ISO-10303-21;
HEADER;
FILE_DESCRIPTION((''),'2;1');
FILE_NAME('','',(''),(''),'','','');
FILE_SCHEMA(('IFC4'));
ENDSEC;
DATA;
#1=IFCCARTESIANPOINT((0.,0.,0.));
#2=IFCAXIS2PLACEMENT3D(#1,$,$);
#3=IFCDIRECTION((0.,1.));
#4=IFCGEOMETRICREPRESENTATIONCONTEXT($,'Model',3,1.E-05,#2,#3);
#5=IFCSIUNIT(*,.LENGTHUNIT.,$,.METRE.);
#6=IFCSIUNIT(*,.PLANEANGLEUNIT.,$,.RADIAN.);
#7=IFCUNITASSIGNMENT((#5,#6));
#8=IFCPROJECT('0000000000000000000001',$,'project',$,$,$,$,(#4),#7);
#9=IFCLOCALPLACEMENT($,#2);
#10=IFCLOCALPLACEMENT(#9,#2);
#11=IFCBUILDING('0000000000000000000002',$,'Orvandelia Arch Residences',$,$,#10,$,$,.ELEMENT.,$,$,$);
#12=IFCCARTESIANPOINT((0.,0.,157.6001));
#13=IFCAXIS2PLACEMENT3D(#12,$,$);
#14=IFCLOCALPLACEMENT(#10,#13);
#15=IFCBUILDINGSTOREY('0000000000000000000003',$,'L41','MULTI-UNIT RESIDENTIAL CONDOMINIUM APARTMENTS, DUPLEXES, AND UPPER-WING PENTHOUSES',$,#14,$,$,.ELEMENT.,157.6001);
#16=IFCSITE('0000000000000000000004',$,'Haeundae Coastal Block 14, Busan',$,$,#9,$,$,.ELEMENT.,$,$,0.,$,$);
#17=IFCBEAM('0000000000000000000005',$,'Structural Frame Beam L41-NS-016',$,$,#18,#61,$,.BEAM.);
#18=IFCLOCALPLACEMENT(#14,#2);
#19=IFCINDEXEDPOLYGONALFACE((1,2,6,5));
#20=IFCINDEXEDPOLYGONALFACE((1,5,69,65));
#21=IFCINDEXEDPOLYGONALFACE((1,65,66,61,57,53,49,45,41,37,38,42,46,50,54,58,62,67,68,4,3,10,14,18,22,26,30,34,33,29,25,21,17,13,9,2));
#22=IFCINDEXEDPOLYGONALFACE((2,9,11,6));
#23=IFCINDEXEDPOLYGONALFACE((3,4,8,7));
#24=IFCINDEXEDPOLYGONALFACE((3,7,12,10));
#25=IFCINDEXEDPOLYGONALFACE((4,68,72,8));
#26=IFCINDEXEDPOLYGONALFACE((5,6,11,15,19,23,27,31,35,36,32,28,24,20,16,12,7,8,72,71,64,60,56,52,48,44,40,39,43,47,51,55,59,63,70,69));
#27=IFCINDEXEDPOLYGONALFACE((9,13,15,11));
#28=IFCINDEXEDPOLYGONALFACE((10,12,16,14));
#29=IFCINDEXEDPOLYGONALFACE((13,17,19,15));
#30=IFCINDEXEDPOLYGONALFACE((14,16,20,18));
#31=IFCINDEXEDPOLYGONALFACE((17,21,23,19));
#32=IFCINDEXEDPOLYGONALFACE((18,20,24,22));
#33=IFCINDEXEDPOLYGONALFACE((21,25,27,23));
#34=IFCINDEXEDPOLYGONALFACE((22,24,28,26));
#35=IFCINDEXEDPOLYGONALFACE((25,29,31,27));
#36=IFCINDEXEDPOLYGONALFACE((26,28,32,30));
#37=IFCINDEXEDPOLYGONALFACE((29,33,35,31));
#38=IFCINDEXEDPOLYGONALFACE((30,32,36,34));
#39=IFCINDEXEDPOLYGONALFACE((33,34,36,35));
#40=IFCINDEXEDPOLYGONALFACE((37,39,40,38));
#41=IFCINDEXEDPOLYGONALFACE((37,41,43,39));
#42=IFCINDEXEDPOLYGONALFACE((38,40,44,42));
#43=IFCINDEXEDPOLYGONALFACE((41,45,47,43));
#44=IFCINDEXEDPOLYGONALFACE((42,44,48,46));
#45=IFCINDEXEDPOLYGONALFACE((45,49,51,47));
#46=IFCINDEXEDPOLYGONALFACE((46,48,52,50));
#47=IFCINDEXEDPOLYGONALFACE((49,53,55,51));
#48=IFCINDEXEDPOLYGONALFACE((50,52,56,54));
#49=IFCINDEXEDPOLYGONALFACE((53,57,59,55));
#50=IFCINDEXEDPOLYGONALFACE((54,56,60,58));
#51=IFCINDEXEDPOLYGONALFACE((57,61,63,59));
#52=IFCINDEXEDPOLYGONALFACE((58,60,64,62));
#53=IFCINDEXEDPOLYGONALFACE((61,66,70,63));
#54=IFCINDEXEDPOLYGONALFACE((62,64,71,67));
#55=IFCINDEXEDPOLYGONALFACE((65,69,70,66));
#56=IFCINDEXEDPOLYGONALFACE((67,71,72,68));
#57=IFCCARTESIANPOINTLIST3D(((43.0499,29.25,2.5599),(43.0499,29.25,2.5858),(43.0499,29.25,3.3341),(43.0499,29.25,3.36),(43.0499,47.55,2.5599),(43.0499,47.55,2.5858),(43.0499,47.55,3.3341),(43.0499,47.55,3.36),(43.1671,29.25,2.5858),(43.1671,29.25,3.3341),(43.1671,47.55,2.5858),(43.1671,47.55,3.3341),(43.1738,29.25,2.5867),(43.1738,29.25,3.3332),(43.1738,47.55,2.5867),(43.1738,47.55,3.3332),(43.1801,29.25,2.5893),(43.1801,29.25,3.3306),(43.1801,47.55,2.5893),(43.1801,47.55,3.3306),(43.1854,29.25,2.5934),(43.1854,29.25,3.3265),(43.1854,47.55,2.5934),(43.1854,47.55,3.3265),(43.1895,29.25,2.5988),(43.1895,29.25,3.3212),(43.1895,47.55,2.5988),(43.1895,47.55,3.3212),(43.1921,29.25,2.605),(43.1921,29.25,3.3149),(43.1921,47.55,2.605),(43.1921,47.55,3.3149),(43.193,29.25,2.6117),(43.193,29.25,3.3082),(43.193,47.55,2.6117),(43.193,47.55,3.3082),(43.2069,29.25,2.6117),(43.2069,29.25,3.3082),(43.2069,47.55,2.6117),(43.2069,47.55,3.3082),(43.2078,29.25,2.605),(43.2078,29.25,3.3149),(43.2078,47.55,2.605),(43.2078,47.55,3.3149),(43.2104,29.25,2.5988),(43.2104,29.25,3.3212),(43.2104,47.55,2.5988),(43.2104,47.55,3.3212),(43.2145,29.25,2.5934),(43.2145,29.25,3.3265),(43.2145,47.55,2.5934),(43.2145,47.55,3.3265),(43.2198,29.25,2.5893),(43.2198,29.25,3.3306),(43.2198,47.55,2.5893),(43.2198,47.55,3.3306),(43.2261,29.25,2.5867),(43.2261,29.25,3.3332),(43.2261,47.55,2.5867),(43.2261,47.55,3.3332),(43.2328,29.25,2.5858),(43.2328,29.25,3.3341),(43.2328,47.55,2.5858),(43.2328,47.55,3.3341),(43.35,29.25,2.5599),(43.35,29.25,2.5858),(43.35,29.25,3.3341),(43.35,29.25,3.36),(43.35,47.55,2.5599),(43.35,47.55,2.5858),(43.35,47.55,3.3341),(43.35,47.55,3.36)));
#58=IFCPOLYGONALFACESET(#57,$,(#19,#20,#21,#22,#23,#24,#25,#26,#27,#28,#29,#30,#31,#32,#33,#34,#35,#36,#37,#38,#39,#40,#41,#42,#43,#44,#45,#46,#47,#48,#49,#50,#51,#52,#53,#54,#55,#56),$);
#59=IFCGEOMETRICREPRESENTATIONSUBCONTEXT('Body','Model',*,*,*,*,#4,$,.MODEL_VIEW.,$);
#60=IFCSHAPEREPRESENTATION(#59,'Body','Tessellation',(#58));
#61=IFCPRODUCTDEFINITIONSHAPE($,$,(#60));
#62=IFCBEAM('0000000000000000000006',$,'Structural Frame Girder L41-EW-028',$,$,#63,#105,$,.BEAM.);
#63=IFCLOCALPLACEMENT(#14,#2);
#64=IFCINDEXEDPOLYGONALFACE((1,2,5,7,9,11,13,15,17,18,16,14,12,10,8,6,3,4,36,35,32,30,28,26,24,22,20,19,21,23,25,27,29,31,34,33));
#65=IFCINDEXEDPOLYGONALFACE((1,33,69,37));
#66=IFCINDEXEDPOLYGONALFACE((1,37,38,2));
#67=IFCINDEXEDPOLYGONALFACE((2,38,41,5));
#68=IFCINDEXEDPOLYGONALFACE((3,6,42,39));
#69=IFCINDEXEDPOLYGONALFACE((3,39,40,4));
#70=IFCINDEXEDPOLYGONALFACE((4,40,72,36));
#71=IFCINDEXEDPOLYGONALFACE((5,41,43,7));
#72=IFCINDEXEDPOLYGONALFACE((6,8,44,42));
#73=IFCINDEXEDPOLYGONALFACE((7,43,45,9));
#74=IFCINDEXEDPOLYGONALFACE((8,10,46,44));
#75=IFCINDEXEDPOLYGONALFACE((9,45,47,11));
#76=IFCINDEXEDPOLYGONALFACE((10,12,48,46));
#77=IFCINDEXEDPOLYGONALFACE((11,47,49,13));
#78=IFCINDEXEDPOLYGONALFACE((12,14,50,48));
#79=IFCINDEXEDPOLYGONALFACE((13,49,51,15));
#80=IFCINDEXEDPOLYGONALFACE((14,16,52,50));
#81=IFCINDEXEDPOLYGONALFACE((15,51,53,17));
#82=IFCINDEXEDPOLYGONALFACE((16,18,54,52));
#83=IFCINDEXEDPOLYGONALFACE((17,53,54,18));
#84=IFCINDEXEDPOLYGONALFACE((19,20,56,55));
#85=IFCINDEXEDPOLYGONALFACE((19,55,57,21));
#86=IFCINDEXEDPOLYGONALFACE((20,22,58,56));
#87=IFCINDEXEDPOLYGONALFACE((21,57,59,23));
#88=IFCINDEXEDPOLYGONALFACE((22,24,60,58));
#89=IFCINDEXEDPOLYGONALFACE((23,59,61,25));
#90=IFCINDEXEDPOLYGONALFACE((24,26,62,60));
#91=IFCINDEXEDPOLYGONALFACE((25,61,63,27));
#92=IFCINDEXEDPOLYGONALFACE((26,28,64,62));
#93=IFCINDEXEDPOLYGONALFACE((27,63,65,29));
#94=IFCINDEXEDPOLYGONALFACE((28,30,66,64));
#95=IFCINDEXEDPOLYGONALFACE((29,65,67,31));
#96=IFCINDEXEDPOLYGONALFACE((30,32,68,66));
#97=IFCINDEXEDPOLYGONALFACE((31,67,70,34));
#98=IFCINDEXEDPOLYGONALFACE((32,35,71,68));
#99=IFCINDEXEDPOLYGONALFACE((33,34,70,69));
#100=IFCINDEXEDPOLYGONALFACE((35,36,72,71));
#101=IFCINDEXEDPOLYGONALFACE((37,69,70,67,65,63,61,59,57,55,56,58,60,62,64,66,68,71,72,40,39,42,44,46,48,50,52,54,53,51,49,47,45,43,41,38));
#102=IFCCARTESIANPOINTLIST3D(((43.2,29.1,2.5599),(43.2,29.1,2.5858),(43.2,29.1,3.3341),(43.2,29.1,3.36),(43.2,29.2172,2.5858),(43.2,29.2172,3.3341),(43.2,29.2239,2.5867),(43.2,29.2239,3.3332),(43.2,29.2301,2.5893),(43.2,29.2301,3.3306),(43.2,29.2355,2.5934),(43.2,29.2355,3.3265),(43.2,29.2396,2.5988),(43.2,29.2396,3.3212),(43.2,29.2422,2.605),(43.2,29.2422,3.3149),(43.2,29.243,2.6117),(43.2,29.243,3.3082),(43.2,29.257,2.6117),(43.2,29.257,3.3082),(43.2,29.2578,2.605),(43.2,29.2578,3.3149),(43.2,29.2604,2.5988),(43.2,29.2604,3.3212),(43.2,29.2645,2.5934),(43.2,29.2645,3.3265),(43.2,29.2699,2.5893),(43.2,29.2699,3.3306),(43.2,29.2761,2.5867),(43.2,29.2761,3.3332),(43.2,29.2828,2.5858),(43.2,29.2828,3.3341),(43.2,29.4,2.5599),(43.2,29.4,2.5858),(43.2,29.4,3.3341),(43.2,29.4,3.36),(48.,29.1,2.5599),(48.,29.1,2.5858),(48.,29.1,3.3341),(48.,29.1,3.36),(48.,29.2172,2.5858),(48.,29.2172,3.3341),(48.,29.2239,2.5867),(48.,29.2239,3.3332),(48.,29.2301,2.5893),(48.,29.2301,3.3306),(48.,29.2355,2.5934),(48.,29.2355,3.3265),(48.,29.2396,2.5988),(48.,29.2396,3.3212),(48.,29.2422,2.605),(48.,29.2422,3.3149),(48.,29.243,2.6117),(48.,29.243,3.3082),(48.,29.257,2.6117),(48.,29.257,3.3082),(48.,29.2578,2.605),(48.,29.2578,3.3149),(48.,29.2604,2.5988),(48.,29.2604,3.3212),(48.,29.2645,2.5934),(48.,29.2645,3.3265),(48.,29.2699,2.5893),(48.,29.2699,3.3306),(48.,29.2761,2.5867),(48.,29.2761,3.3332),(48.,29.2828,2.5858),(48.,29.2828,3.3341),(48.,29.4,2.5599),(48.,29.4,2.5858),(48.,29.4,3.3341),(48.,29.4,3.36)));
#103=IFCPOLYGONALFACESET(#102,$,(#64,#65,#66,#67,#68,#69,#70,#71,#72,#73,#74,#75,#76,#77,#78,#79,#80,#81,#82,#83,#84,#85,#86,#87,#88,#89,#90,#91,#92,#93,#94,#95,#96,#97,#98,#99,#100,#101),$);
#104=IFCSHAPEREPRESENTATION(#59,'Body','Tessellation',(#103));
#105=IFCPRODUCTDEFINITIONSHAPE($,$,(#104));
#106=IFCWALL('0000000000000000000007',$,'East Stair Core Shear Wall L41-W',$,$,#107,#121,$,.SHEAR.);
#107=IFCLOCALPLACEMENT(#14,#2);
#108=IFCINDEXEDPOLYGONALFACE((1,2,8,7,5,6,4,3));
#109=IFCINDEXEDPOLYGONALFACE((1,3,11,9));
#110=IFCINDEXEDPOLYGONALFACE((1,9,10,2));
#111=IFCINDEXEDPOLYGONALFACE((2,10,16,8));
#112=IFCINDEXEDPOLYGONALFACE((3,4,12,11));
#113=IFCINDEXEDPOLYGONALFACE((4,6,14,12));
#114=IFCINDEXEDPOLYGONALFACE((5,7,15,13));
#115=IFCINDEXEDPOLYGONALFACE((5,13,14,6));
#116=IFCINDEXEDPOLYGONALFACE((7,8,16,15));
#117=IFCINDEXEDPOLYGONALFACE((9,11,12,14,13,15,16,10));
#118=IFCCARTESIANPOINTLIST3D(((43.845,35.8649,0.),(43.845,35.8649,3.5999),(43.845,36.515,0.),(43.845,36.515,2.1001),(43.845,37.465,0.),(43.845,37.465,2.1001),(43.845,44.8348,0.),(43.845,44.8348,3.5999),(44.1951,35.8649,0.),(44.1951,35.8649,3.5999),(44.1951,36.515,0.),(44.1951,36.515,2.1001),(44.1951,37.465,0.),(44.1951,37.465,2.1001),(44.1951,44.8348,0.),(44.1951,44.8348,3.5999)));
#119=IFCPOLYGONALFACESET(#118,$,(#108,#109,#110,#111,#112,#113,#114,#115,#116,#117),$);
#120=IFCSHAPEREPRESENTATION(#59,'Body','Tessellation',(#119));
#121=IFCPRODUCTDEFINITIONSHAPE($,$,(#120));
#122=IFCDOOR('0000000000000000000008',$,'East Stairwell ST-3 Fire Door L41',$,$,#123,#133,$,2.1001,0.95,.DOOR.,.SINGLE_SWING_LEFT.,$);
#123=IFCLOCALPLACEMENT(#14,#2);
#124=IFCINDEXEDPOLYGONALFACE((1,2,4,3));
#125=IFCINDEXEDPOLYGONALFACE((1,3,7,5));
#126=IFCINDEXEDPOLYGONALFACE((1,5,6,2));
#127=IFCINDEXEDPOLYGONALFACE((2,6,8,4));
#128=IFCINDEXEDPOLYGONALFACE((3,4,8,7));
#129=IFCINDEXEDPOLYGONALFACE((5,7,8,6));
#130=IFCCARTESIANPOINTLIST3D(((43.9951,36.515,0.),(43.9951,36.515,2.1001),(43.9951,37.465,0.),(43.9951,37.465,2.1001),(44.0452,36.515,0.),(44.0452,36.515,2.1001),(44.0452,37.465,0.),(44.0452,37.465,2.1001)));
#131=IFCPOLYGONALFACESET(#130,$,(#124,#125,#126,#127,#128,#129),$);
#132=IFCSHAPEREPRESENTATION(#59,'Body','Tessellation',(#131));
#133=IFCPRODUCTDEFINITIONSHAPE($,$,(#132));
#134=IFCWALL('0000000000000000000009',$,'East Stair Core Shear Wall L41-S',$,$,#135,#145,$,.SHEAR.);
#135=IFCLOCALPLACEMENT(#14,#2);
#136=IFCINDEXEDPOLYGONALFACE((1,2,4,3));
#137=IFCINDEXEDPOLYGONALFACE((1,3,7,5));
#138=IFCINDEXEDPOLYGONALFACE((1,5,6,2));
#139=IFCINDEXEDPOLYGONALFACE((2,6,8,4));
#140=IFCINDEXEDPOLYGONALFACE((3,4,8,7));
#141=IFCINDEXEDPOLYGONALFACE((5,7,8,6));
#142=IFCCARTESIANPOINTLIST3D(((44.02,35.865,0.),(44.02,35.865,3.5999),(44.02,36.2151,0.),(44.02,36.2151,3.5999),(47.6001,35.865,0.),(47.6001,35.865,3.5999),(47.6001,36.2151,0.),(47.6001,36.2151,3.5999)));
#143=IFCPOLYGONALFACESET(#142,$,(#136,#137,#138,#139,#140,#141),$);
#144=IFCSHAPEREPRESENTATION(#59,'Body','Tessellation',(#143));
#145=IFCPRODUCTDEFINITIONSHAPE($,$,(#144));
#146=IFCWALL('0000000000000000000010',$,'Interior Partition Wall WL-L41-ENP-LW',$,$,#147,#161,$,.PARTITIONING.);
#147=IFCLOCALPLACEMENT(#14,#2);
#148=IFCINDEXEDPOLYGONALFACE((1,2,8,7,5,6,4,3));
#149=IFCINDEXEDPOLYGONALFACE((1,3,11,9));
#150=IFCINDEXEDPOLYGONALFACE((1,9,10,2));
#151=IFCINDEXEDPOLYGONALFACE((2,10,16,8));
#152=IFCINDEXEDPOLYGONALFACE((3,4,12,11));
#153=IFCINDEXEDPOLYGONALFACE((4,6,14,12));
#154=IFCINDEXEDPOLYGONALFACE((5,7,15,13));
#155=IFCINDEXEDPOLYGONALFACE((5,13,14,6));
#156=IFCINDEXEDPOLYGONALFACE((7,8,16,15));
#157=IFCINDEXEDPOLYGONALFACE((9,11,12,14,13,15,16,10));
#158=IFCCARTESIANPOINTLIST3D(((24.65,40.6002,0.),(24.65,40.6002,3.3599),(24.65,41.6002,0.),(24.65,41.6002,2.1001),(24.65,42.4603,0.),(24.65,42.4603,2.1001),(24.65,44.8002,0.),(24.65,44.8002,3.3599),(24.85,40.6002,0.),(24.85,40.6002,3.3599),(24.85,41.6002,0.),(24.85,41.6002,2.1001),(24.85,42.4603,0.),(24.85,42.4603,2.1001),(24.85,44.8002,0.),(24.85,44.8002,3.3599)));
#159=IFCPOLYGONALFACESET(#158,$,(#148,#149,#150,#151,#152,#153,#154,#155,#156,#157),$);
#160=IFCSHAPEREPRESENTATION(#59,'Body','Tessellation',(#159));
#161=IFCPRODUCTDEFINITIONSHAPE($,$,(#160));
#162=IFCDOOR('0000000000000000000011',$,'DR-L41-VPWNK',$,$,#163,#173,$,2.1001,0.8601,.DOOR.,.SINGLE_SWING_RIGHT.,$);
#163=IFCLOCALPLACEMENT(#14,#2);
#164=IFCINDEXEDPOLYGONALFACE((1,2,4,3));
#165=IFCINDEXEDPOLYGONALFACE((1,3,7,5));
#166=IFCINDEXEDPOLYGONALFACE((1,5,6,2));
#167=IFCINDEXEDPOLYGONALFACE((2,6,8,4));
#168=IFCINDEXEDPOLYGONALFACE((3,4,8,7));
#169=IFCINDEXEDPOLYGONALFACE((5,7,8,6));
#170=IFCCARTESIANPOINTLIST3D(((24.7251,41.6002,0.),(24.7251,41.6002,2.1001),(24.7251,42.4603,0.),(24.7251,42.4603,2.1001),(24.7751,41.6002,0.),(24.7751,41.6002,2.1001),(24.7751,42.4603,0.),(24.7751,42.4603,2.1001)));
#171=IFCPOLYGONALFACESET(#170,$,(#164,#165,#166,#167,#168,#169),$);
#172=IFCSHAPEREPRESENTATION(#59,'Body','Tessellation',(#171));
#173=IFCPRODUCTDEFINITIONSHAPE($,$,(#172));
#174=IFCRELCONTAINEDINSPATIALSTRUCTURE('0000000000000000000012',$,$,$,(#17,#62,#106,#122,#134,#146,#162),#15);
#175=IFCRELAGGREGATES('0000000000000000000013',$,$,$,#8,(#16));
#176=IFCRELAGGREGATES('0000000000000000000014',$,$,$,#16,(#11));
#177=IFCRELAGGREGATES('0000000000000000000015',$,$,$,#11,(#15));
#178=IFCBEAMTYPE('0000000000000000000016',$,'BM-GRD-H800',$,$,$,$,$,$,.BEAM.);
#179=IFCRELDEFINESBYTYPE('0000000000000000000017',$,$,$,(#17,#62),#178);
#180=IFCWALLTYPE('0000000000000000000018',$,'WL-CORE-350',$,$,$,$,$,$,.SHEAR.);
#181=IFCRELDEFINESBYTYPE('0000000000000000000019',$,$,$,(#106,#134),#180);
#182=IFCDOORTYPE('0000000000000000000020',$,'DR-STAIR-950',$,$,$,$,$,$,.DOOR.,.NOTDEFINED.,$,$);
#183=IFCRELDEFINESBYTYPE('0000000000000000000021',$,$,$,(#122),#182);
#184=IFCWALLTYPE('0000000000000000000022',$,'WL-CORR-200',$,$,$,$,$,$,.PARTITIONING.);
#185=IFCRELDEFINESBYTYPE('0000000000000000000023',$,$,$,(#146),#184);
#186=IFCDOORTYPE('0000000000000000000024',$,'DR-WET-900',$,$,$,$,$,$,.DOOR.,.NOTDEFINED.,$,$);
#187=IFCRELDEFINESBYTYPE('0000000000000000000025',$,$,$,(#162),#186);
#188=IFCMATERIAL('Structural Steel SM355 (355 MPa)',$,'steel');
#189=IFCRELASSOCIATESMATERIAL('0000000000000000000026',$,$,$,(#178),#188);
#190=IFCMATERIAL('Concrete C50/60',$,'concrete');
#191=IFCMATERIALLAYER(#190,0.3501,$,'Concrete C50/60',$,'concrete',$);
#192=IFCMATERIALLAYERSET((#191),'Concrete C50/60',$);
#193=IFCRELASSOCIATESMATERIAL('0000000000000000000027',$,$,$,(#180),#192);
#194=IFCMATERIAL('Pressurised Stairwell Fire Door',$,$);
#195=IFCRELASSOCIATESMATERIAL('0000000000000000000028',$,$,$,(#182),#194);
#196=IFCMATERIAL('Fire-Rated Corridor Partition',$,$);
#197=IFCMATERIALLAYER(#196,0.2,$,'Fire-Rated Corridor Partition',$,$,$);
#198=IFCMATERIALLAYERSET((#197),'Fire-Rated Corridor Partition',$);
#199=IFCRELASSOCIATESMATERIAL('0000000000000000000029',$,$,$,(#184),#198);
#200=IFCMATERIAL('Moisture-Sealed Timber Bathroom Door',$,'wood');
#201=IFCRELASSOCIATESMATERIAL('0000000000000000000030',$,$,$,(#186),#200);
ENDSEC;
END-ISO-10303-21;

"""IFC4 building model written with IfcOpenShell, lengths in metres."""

from ifc_helpers import new_model, si_unit, direction, frame, frame_2d, origin, origin_2d, place, context, subcontext, project, spatial, rectangle, i_section, extrude, material, layer, layer_set, material_profile, profile_set, type_object, element, fill, save


model = new_model("IFC4")

# Units and contexts
model_context = context("Model", 3, precision=1e-05, world=origin(), true_north=direction((0.0, 1.0)))
body_context = subcontext(model_context, "Body", "Model", "MODEL_VIEW")
ifc_project = project(units=[si_unit("LENGTHUNIT", "METRE"), si_unit("PLANEANGLEUNIT", "RADIAN")], contexts=[model_context])

# Site, building, storey
site_placement = place(None, origin())
site = spatial("IfcSite", under=ifc_project, at=site_placement, Name="Haeundae Coastal Block 14, Busan", CompositionType="ELEMENT", RefElevation=0.0)
building_placement = place(site_placement, origin())
building = spatial("IfcBuilding", under=site, at=building_placement, Name="Orvandelia Arch Residences", CompositionType="ELEMENT")
storey_placement = place(building_placement, frame((0.0, 0.0, 157.6001)))
storey = spatial("IfcBuildingStorey", under=building, at=storey_placement, Name="L41", Description="MULTI-UNIT RESIDENTIAL CONDOMINIUM APARTMENTS, DUPLEXES, AND UPPER-WING PENTHOUSES", CompositionType="ELEMENT", Elevation=157.6001)

# Beams
ifc_material_1 = material(Name="Structural Steel SM355 (355 MPa)", Category="steel")
ifc_material_profile_1 = material_profile(ifc_material_1, i_section(OverallWidth=0.3, OverallDepth=0.8, WebThickness=0.0139, FlangeThickness=0.0259, FilletRadius=0.0259, at=origin_2d()), Name="Structural Steel SM355 (355 MPa)", Category="steel")
ifc_profile_set_1 = profile_set([ifc_material_profile_1], Name="Structural Steel SM355 (355 MPa)")
beam_type = type_object("IfcBeamType", Name="BM-GRD-H800", PredefinedType="BEAM", material=ifc_profile_set_1)
beam_1_placement = place(storey_placement, frame((43.2, 29.25, 2.96), z_axis=(0.0, 1.0, 0.0), x_axis=(-1.0, 0.0, 0.0)))
element("IfcBeam", 1, at=beam_1_placement, inside=storey, type_object=beam_type, Name="Structural Frame Beam L41-NS-016", PredefinedType="BEAM", context=body_context, shape_type="SweptSolid", body=[
    extrude(i_section(OverallWidth=0.3, OverallDepth=0.8, WebThickness=0.0139, FlangeThickness=0.0259, FilletRadius=0.0259, at=origin_2d()), origin(), (0.0, 0.0, 1.0), 18.3),
])
beam_2_placement = place(storey_placement, frame((43.2, 29.25, 2.96), z_axis=(1.0, 0.0, 0.0), x_axis=(0.0, 1.0, 0.0)))
element("IfcBeam", 2, at=beam_2_placement, inside=storey, type_object=beam_type, Name="Structural Frame Girder L41-EW-028", PredefinedType="BEAM", context=body_context, shape_type="SweptSolid", body=[
    extrude(i_section(OverallWidth=0.3, OverallDepth=0.8, WebThickness=0.0139, FlangeThickness=0.0259, FilletRadius=0.0259, at=origin_2d()), origin(), (0.0, 0.0, 1.0), 4.8),
])

# Wall, opening, door
ifc_material_2 = material(Name="Concrete C50/60", Category="concrete")
ifc_layer_1 = layer(ifc_material_2, 0.3501, Name="Concrete C50/60", Category="concrete")
ifc_layer_set_1 = layer_set([ifc_layer_1], Name="Concrete C50/60")
wall_type_1 = type_object("IfcWallType", Name="WL-CORE-350", PredefinedType="SHEAR", material=ifc_layer_set_1)
wall_1_placement = place(storey_placement, frame((44.02, 35.865, 0.0), z_axis=(0.0, 0.0, 1.0), x_axis=(0.0, 1.0, 0.0)))
wall_1 = element("IfcWall", 3, at=wall_1_placement, inside=storey, type_object=wall_type_1, Name="East Stair Core Shear Wall L41-W", PredefinedType="SHEAR", context=body_context, shape_type="SweptSolid", body=[
    extrude(rectangle(XDim=8.97, YDim=0.3501, at=frame_2d((4.4849, 0.0))), origin(), (0.0, 0.0, 1.0), 3.5999),
])
opening_1_placement = place(wall_1_placement, frame((0.6499, 0.0, 0.0)))
opening_1 = element("IfcOpeningElement", 4, at=opening_1_placement, cuts=wall_1, PredefinedType="OPENING", context=body_context, shape_type="SweptSolid", body=[
    extrude(rectangle(XDim=0.95, YDim=2.1001, at=frame_2d((0.4751, 1.05))), frame((0.0, 0.1851, 0.0), z_axis=(0.0, -1.0, 0.0), x_axis=(1.0, 0.0, 0.0)), (0.0, 0.0, 1.0), 0.3701),
])
ifc_material_3 = material(Name="Pressurised Stairwell Fire Door")
door_type_1 = type_object("IfcDoorType", Name="DR-STAIR-950", OperationType="NOTDEFINED", PredefinedType="DOOR", material=ifc_material_3)
door_1_placement = place(opening_1_placement, origin())
door_1 = element("IfcDoor", 5, at=door_1_placement, inside=storey, type_object=door_type_1, Name="East Stairwell ST-3 Fire Door L41", OperationType="SINGLE_SWING_LEFT", OverallHeight=2.1001, OverallWidth=0.95, PredefinedType="DOOR", context=body_context, shape_type="SweptSolid", body=[
    extrude(rectangle(XDim=0.95, YDim=2.1001, at=frame_2d((0.4751, 1.05))), frame((0.0, 0.0249, 0.0), z_axis=(0.0, -1.0, 0.0), x_axis=(1.0, 0.0, 0.0)), (0.0, 0.0, 1.0), 0.05),
])
fill(opening_1, door_1)

# Wall
wall_2_placement = place(storey_placement, frame((44.02, 36.04, 0.0), z_axis=(0.0, 0.0, 1.0), x_axis=(1.0, 0.0, 0.0)))
element("IfcWall", 6, at=wall_2_placement, inside=storey, type_object=wall_type_1, Name="East Stair Core Shear Wall L41-S", PredefinedType="SHEAR", context=body_context, shape_type="SweptSolid", body=[
    extrude(rectangle(XDim=3.5801, YDim=0.3501, at=frame_2d((1.79, 0.0))), origin(), (0.0, 0.0, 1.0), 3.5999),
])

# Wall, opening, door
ifc_material_4 = material(Name="Fire-Rated Corridor Partition")
ifc_layer_2 = layer(ifc_material_4, 0.2, Name="Fire-Rated Corridor Partition")
ifc_layer_set_2 = layer_set([ifc_layer_2], Name="Fire-Rated Corridor Partition")
wall_type_2 = type_object("IfcWallType", Name="WL-CORR-200", PredefinedType="PARTITIONING", material=ifc_layer_set_2)
wall_3_placement = place(storey_placement, frame((24.75, 40.6001, 0.0), z_axis=(0.0, 0.0, 1.0), x_axis=(0.0, 1.0, 0.0)))
wall_3 = element("IfcWall", 7, at=wall_3_placement, inside=storey, type_object=wall_type_2, Name="Interior Partition Wall WL-L41-ENP-LW", PredefinedType="PARTITIONING", context=body_context, shape_type="SweptSolid", body=[
    extrude(rectangle(XDim=4.2, YDim=0.2, at=frame_2d((2.1001, 0.0))), origin(), (0.0, 0.0, 1.0), 3.3599),
])
opening_2_placement = place(wall_3_placement, frame((1.0, 0.0, 0.0)))
opening_2 = element("IfcOpeningElement", 8, at=opening_2_placement, cuts=wall_3, PredefinedType="OPENING", context=body_context, shape_type="SweptSolid", body=[
    extrude(rectangle(XDim=0.8601, YDim=2.1001, at=frame_2d((0.4302, 1.05))), frame((0.0, 0.1099, 0.0), z_axis=(0.0, -1.0, 0.0), x_axis=(1.0, 0.0, 0.0)), (0.0, 0.0, 1.0), 0.22),
])
ifc_material_5 = material(Name="Moisture-Sealed Timber Bathroom Door", Category="wood")
door_type_2 = type_object("IfcDoorType", Name="DR-WET-900", OperationType="NOTDEFINED", PredefinedType="DOOR", material=ifc_material_5)
door_2_placement = place(opening_2_placement, origin())
door_2 = element("IfcDoor", 9, at=door_2_placement, inside=storey, type_object=door_type_2, Name="DR-L41-VPWNK", OperationType="SINGLE_SWING_RIGHT", OverallHeight=2.1001, OverallWidth=0.8601, PredefinedType="DOOR", context=body_context, shape_type="SweptSolid", body=[
    extrude(rectangle(XDim=0.8601, YDim=2.1001, at=frame_2d((0.4302, 1.05))), frame((0.0, 0.0249, 0.0), z_axis=(0.0, -1.0, 0.0), x_axis=(1.0, 0.0, 0.0)), (0.0, 0.0, 1.0), 0.05),
])
fill(opening_2, door_2)

save(model, "model.ifc")
